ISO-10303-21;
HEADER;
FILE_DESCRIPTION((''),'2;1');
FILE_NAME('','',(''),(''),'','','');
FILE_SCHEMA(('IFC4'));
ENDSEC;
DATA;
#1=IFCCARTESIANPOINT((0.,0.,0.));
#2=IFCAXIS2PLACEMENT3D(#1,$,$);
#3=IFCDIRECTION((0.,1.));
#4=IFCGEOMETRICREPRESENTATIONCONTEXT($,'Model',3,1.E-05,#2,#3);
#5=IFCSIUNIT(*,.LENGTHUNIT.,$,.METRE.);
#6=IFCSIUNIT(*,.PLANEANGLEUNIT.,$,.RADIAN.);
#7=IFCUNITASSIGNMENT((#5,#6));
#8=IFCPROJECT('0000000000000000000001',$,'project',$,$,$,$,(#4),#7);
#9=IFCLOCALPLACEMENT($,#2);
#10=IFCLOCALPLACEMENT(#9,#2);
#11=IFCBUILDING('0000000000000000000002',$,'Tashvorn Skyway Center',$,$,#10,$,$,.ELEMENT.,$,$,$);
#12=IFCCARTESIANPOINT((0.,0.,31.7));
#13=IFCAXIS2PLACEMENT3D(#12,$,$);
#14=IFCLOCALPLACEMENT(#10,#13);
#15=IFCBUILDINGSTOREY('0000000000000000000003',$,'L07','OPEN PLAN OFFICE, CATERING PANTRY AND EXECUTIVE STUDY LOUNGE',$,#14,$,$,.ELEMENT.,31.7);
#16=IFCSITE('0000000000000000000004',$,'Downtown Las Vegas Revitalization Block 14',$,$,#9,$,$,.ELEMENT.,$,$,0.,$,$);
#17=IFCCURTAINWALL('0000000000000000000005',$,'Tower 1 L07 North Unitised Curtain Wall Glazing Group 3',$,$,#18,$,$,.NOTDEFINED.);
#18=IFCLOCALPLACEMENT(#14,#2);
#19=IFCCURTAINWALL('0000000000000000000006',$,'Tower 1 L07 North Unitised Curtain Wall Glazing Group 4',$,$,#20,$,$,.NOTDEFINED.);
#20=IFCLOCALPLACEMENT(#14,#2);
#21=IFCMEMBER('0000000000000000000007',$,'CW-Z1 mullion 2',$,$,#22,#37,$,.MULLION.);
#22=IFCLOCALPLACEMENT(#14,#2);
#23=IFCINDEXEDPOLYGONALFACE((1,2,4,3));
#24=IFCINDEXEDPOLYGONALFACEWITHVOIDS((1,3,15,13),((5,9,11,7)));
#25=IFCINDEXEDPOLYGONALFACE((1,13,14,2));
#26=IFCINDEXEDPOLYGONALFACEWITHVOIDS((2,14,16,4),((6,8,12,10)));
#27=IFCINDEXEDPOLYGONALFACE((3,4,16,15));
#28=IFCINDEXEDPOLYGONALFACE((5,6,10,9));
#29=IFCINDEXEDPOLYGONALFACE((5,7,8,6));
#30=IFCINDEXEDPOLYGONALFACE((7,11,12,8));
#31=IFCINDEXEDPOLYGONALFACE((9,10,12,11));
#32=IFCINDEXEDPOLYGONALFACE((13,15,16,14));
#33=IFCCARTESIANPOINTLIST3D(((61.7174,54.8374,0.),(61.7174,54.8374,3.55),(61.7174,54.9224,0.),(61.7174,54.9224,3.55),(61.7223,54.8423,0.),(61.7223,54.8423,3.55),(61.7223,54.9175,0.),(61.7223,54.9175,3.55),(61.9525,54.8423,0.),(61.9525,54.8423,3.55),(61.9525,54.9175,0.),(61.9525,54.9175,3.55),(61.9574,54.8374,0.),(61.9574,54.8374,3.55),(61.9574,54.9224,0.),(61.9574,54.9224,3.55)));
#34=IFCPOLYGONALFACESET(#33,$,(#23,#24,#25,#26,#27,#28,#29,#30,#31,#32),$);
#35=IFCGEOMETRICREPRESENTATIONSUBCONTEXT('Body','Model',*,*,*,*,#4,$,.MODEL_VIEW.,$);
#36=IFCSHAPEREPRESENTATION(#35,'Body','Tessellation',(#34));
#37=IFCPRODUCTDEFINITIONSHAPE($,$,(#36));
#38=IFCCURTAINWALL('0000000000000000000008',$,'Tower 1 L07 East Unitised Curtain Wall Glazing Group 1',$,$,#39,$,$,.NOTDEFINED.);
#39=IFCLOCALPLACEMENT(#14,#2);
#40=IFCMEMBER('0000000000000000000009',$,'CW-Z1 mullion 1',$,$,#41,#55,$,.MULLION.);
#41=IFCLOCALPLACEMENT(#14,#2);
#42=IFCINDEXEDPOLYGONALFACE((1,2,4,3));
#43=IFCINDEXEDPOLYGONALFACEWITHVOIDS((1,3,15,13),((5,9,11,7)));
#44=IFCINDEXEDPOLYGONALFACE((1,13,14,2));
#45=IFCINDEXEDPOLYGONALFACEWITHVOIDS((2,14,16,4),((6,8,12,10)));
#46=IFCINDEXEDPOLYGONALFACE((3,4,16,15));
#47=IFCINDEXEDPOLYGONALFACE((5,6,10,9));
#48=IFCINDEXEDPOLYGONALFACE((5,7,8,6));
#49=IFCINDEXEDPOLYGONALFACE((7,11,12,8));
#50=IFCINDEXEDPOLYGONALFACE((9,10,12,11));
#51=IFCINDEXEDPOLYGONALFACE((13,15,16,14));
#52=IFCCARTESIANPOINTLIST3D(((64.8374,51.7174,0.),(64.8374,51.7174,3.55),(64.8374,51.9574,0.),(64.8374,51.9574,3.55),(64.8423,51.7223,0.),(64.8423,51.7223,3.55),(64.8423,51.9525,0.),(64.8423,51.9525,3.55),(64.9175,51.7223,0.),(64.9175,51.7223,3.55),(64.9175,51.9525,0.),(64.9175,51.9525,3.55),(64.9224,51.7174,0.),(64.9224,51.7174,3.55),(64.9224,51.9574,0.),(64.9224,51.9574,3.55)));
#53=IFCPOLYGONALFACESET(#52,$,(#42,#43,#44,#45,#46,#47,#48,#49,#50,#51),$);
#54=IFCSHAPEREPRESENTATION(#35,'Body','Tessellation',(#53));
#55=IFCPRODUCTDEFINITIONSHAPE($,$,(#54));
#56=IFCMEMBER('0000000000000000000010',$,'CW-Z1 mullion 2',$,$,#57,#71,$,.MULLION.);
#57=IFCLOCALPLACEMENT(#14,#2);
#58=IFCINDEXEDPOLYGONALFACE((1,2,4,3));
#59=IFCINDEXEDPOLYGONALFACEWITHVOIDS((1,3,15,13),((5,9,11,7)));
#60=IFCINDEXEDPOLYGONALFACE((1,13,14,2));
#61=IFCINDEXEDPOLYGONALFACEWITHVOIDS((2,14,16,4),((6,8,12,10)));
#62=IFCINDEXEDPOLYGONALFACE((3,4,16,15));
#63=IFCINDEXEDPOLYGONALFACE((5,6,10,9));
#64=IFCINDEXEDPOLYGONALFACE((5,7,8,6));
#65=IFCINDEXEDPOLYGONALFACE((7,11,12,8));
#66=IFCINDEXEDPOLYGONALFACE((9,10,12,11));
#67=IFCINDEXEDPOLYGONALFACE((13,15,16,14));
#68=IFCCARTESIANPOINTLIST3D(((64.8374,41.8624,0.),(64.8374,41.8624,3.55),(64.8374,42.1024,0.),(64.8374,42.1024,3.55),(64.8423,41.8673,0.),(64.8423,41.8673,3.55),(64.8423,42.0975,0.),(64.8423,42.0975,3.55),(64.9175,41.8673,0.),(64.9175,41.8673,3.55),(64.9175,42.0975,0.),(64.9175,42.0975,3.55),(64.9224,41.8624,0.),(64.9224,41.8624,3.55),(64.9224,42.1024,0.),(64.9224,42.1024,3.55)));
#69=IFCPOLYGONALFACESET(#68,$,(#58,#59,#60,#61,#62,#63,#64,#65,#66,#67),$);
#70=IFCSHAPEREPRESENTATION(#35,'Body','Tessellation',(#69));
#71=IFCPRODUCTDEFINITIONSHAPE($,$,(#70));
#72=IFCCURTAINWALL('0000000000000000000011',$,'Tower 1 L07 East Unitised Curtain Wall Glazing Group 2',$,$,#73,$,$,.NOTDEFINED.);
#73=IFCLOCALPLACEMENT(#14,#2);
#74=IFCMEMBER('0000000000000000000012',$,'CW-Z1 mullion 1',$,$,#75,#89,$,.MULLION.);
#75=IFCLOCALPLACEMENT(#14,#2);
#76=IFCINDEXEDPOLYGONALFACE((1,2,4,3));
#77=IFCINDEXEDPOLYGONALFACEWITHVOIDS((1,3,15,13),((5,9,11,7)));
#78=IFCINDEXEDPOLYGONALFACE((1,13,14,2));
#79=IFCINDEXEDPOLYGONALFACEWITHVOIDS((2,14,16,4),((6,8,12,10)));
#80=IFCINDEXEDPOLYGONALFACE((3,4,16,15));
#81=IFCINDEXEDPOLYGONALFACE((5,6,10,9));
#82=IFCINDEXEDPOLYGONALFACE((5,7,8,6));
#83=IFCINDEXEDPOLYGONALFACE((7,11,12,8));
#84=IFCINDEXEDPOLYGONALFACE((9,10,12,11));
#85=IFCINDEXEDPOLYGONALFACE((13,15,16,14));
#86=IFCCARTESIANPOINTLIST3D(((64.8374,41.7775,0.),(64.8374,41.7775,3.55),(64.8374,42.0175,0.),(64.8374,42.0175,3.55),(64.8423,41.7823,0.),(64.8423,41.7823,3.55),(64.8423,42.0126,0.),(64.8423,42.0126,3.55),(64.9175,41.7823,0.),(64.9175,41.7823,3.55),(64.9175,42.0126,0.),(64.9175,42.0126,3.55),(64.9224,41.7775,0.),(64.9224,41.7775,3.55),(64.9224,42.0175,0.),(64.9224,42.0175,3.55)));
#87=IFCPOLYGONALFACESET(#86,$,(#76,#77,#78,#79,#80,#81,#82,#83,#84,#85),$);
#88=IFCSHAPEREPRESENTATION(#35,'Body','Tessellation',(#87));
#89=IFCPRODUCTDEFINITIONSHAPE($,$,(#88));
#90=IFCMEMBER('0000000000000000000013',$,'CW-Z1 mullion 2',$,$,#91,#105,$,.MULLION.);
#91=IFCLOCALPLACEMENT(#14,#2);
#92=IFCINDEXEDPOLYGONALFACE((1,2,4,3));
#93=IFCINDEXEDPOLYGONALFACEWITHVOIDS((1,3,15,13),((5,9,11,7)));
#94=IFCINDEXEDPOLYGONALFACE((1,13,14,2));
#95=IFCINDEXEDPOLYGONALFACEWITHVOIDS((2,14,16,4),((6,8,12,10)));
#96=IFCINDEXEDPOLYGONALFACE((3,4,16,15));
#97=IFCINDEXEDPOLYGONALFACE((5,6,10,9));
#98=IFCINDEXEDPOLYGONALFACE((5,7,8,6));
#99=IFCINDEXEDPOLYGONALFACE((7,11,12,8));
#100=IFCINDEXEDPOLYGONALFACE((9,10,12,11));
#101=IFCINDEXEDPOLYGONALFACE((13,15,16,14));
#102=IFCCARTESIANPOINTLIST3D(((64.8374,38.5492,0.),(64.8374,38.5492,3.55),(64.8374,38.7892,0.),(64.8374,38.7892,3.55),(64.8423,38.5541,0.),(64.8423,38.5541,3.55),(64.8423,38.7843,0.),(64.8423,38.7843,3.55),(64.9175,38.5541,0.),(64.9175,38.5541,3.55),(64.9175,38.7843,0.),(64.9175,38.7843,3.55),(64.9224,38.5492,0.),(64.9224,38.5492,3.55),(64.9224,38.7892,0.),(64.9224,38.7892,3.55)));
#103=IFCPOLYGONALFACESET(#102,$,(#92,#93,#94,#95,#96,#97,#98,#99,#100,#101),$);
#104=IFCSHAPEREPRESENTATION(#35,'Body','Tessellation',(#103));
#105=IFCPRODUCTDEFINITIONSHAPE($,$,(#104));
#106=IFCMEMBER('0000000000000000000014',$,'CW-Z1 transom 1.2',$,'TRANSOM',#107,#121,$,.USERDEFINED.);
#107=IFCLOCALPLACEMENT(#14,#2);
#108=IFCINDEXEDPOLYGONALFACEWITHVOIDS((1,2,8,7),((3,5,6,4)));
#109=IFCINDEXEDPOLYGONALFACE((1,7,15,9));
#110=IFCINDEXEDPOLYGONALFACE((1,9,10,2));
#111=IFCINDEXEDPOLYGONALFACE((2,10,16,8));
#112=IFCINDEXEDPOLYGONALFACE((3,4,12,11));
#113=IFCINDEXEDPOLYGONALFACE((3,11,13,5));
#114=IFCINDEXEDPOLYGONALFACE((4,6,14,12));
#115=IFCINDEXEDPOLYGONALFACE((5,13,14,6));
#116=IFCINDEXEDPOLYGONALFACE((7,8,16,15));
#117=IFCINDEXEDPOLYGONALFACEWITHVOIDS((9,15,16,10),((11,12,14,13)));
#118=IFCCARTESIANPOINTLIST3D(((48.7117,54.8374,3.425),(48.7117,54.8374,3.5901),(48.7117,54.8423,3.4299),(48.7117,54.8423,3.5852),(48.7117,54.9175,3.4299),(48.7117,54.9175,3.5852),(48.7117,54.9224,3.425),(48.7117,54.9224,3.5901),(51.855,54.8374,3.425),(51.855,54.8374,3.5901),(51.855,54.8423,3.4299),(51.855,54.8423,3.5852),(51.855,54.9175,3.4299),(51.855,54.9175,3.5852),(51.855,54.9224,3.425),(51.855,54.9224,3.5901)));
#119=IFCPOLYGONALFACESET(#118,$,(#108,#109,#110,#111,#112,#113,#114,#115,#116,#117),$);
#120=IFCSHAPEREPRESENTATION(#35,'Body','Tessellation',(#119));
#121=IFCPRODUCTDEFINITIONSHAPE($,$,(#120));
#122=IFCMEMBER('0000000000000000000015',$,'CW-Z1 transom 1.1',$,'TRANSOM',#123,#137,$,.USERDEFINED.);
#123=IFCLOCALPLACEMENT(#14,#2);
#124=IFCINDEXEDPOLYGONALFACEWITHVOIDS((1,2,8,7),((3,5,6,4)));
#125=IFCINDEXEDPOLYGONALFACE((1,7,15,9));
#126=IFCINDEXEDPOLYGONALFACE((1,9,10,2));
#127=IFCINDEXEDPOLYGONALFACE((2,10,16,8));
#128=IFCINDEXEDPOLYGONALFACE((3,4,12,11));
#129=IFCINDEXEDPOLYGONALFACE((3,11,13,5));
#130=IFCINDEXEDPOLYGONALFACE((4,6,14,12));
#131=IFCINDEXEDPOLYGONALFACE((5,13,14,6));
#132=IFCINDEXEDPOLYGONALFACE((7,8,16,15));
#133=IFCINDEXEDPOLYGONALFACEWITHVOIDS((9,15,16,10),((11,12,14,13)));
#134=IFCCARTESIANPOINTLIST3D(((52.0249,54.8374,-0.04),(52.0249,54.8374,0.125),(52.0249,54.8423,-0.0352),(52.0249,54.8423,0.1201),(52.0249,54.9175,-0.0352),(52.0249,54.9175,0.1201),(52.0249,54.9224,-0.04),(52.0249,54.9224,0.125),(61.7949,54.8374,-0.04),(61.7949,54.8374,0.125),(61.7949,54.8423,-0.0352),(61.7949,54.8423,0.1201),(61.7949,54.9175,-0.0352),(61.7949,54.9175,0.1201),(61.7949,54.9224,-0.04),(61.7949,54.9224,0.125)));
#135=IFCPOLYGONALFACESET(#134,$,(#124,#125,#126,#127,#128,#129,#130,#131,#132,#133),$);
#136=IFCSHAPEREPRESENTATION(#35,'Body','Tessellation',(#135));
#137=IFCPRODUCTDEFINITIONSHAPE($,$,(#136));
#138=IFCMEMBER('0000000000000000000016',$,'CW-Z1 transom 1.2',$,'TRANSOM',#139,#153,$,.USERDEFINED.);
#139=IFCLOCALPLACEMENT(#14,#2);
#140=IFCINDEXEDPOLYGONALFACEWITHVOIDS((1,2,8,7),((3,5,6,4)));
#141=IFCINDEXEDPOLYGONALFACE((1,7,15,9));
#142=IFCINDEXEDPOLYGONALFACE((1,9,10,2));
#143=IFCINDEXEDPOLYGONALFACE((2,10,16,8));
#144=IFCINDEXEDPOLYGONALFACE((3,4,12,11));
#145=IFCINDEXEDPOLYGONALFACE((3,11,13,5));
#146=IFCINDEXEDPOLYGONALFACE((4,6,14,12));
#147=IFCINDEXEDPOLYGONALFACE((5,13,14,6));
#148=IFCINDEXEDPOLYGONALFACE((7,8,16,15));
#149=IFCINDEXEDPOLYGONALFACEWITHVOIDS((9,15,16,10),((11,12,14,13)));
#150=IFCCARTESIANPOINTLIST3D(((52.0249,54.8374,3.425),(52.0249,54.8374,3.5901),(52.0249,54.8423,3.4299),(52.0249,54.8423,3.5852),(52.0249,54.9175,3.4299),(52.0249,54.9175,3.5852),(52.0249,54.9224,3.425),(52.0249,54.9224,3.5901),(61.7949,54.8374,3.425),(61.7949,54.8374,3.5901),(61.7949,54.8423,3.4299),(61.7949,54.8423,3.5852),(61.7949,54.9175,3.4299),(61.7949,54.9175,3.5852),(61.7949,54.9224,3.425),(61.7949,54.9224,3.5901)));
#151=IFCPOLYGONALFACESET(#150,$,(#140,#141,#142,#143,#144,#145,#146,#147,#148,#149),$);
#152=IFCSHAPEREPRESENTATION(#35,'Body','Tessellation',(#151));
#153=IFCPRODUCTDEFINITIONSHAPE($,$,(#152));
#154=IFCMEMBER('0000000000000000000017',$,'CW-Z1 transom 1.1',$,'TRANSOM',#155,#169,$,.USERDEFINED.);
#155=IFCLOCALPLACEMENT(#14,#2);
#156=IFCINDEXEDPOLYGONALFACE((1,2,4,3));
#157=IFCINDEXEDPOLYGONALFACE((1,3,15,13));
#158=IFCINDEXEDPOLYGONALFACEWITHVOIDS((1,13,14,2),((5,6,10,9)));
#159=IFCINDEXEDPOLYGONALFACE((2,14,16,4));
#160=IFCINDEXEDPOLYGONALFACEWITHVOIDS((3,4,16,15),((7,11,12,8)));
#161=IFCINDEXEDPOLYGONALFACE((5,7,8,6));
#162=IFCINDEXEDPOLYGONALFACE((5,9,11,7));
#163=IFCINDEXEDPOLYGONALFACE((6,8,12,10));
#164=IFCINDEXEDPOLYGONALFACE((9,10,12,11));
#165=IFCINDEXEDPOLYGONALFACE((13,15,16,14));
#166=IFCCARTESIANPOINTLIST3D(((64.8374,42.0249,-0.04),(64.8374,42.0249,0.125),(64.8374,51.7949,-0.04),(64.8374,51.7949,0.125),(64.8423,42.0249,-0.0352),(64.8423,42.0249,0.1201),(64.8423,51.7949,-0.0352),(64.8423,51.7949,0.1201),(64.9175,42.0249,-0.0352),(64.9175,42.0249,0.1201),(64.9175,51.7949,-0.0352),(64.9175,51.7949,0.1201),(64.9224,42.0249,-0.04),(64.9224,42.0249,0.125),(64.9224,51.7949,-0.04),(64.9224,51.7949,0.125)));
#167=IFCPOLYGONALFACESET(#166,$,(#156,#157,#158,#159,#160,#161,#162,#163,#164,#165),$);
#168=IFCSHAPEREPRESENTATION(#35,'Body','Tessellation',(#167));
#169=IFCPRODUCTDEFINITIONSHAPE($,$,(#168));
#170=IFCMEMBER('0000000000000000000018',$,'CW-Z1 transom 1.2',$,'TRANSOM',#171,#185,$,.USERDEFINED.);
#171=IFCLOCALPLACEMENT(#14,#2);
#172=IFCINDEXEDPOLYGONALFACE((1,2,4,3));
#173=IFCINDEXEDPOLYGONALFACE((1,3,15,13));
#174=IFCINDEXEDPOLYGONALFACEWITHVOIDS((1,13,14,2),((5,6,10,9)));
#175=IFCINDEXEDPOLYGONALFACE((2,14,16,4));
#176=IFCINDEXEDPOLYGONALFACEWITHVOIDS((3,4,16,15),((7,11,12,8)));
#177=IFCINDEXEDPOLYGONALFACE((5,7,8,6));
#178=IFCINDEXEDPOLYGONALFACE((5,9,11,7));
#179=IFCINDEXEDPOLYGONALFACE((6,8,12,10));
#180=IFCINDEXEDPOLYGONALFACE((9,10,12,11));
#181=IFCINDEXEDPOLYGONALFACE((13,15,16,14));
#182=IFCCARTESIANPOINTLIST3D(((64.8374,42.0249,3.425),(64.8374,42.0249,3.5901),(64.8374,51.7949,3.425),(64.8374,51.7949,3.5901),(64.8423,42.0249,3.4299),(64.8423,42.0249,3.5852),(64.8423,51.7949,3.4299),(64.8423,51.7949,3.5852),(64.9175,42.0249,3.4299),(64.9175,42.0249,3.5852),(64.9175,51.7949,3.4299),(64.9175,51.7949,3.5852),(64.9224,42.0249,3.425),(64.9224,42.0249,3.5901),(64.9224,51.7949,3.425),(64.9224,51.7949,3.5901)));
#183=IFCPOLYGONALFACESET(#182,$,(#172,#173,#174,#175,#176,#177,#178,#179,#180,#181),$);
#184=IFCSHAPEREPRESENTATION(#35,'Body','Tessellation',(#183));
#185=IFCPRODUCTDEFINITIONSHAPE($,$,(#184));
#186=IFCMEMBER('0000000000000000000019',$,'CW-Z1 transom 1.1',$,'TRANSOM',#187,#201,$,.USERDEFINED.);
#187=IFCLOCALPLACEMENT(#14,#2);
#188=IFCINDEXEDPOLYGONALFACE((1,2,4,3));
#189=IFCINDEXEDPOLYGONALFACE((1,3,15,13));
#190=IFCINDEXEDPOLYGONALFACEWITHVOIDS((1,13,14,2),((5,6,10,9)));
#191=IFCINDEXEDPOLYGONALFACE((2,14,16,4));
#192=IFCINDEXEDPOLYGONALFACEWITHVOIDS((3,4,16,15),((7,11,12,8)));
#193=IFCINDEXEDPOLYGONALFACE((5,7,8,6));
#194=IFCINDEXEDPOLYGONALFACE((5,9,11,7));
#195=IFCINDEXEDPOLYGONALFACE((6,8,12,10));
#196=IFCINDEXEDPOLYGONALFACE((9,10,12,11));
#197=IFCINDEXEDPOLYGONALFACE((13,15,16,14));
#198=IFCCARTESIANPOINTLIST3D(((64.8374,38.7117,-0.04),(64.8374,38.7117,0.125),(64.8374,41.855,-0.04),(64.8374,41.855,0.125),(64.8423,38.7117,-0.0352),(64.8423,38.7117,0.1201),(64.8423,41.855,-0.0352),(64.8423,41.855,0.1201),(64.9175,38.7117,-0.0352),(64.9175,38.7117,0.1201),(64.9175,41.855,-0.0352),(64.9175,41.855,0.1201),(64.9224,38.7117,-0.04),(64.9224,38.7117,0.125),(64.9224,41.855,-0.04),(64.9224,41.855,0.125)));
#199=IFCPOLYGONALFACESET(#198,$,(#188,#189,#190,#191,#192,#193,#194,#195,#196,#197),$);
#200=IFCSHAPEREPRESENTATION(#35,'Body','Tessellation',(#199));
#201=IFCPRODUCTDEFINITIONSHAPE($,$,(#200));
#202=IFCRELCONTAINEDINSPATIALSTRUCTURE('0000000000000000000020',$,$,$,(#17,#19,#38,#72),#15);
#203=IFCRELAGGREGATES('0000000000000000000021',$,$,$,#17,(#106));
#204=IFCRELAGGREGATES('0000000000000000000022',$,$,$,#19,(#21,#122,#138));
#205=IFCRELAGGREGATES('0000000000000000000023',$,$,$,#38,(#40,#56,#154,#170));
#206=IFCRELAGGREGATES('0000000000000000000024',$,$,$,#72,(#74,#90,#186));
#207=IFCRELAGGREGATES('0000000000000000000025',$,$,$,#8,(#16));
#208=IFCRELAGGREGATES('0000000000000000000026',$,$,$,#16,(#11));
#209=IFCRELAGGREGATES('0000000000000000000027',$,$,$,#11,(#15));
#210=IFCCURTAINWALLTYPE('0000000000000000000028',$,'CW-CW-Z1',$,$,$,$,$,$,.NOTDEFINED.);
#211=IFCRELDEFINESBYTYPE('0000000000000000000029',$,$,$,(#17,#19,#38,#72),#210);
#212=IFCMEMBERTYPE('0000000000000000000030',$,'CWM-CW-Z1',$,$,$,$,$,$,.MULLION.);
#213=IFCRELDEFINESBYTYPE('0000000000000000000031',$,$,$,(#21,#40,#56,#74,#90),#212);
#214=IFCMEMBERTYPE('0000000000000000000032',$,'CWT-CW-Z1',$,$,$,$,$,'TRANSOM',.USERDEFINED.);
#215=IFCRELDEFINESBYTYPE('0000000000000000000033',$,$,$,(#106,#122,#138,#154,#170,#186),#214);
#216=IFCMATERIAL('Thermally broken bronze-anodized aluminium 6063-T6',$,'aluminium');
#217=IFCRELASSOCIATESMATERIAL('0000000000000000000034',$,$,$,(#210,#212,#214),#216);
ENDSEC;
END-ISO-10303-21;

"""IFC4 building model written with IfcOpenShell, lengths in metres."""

from ifc_helpers import new_model, si_unit, direction, frame, origin, origin_2d, place, context, subcontext, project, spatial, hollow_rectangle, extrude, material, material_profile, profile_set, type_object, element, aggregate, save


model = new_model("IFC4")

# Units and contexts
model_context = context("Model", 3, precision=1e-05, world=origin(), true_north=direction((0.0, 1.0)))
body_context = subcontext(model_context, "Body", "Model", "MODEL_VIEW")
ifc_project = project(units=[si_unit("LENGTHUNIT", "METRE"), si_unit("PLANEANGLEUNIT", "RADIAN")], contexts=[model_context])

# Site, building, storey
site_placement = place(None, origin())
site = spatial("IfcSite", under=ifc_project, at=site_placement, Name="Downtown Las Vegas Revitalization Block 14", CompositionType="ELEMENT", RefElevation=0.0)
building_placement = place(site_placement, origin())
building = spatial("IfcBuilding", under=site, at=building_placement, Name="Tashvorn Skyway Center", CompositionType="ELEMENT")
storey_placement = place(building_placement, frame((0.0, 0.0, 31.7)))
storey = spatial("IfcBuildingStorey", under=building, at=storey_placement, Name="L07", Description="OPEN PLAN OFFICE, CATERING PANTRY AND EXECUTIVE STUDY LOUNGE", CompositionType="ELEMENT", Elevation=31.7)

# Curtain wall
ifc_material_1 = material(Name="Thermally broken bronze-anodized aluminium 6063-T6", Category="aluminium")
curtain_wall_type = type_object("IfcCurtainWallType", Name="CW-CW-Z1", PredefinedType="NOTDEFINED", material=ifc_material_1)
curtain_wall_1_placement = place(storey_placement, origin())
curtain_wall_1 = element("IfcCurtainWall", 1, at=curtain_wall_1_placement, inside=storey, type_object=curtain_wall_type, Name="Tower 1 L07 North Unitised Curtain Wall Glazing Group 3", PredefinedType="NOTDEFINED")
ifc_material_profile_1 = material_profile(ifc_material_1, hollow_rectangle(XDim=0.085, YDim=0.24, WallThickness=0.0049, at=origin_2d()), Name="ALU-MULL-85x240")
ifc_profile_set_1 = profile_set([ifc_material_profile_1], Name="Thermally broken bronze-anodized aluminium 6063-T6")
member_type_1 = type_object("IfcMemberType", Name="CWM-CW-Z1", PredefinedType="MULLION", material=ifc_profile_set_1)

# Curtain walls, members
curtain_wall_2_placement = place(storey_placement, origin())
curtain_wall_2 = element("IfcCurtainWall", 2, at=curtain_wall_2_placement, inside=storey, type_object=curtain_wall_type, Name="Tower 1 L07 North Unitised Curtain Wall Glazing Group 4", PredefinedType="NOTDEFINED")
member_1_placement = place(storey_placement, frame((61.8374, 54.8799, 0.0), z_axis=(0.0, 0.0, 1.0), x_axis=(0.0, 1.0, 0.0)))
member_1 = element("IfcMember", 3, at=member_1_placement, type_object=member_type_1, Name="CW-Z1 mullion 2", PredefinedType="MULLION", context=body_context, shape_type="SweptSolid", body=[
    extrude(hollow_rectangle(XDim=0.085, YDim=0.24, WallThickness=0.0049, at=origin_2d()), origin(), (0.0, 0.0, 1.0), 3.55),
])
curtain_wall_3_placement = place(storey_placement, origin())
curtain_wall_3 = element("IfcCurtainWall", 4, at=curtain_wall_3_placement, inside=storey, type_object=curtain_wall_type, Name="Tower 1 L07 East Unitised Curtain Wall Glazing Group 1", PredefinedType="NOTDEFINED")
member_2_placement = place(storey_placement, frame((64.8799, 51.8374, 0.0), z_axis=(0.0, 0.0, 1.0), x_axis=(1.0, 0.0, 0.0)))
member_2 = element("IfcMember", 5, at=member_2_placement, type_object=member_type_1, Name="CW-Z1 mullion 1", PredefinedType="MULLION", context=body_context, shape_type="SweptSolid", body=[
    extrude(hollow_rectangle(XDim=0.085, YDim=0.24, WallThickness=0.0049, at=origin_2d()), origin(), (0.0, 0.0, 1.0), 3.55),
])
member_3_placement = place(storey_placement, frame((64.8799, 41.9824, 0.0), z_axis=(0.0, 0.0, 1.0), x_axis=(1.0, 0.0, 0.0)))
member_3 = element("IfcMember", 6, at=member_3_placement, type_object=member_type_1, Name="CW-Z1 mullion 2", PredefinedType="MULLION", context=body_context, shape_type="SweptSolid", body=[
    extrude(hollow_rectangle(XDim=0.085, YDim=0.24, WallThickness=0.0049, at=origin_2d()), origin(), (0.0, 0.0, 1.0), 3.55),
])
curtain_wall_4_placement = place(storey_placement, origin())
curtain_wall_4 = element("IfcCurtainWall", 7, at=curtain_wall_4_placement, inside=storey, type_object=curtain_wall_type, Name="Tower 1 L07 East Unitised Curtain Wall Glazing Group 2", PredefinedType="NOTDEFINED")
member_4_placement = place(storey_placement, frame((64.8799, 41.8975, 0.0), z_axis=(0.0, 0.0, 1.0), x_axis=(1.0, 0.0, 0.0)))
member_4 = element("IfcMember", 8, at=member_4_placement, type_object=member_type_1, Name="CW-Z1 mullion 1", PredefinedType="MULLION", context=body_context, shape_type="SweptSolid", body=[
    extrude(hollow_rectangle(XDim=0.085, YDim=0.24, WallThickness=0.0049, at=origin_2d()), origin(), (0.0, 0.0, 1.0), 3.55),
])
member_5_placement = place(storey_placement, frame((64.8799, 38.6692, 0.0), z_axis=(0.0, 0.0, 1.0), x_axis=(1.0, 0.0, 0.0)))
member_5 = element("IfcMember", 9, at=member_5_placement, type_object=member_type_1, Name="CW-Z1 mullion 2", PredefinedType="MULLION", context=body_context, shape_type="SweptSolid", body=[
    extrude(hollow_rectangle(XDim=0.085, YDim=0.24, WallThickness=0.0049, at=origin_2d()), origin(), (0.0, 0.0, 1.0), 3.55),
])

# Members
ifc_material_profile_2 = material_profile(ifc_material_1, hollow_rectangle(XDim=0.085, YDim=0.165, WallThickness=0.0049, at=origin_2d()), Name="ALU-TRAN-85x165")
ifc_profile_set_2 = profile_set([ifc_material_profile_2], Name="Thermally broken bronze-anodized aluminium 6063-T6")
member_type_2 = type_object("IfcMemberType", Name="CWT-CW-Z1", ElementType="TRANSOM", PredefinedType="USERDEFINED", material=ifc_profile_set_2)
member_6_placement = place(storey_placement, frame((48.7117, 54.8799, 3.5076), z_axis=(1.0, 0.0, 0.0), x_axis=(0.0, 1.0, 0.0)))
member_6 = element("IfcMember", 10, at=member_6_placement, type_object=member_type_2, Name="CW-Z1 transom 1.2", ObjectType="TRANSOM", PredefinedType="USERDEFINED", context=body_context, shape_type="SweptSolid", body=[
    extrude(hollow_rectangle(XDim=0.085, YDim=0.165, WallThickness=0.0049, at=origin_2d()), origin(), (0.0, 0.0, 1.0), 3.1433),
])
member_7_placement = place(storey_placement, frame((52.0249, 54.8799, 0.0425), z_axis=(1.0, 0.0, 0.0), x_axis=(0.0, 1.0, 0.0)))
member_7 = element("IfcMember", 11, at=member_7_placement, type_object=member_type_2, Name="CW-Z1 transom 1.1", ObjectType="TRANSOM", PredefinedType="USERDEFINED", context=body_context, shape_type="SweptSolid", body=[
    extrude(hollow_rectangle(XDim=0.085, YDim=0.165, WallThickness=0.0049, at=origin_2d()), origin(), (0.0, 0.0, 1.0), 9.77),
])
member_8_placement = place(storey_placement, frame((52.0249, 54.8799, 3.5076), z_axis=(1.0, 0.0, 0.0), x_axis=(0.0, 1.0, 0.0)))
member_8 = element("IfcMember", 12, at=member_8_placement, type_object=member_type_2, Name="CW-Z1 transom 1.2", ObjectType="TRANSOM", PredefinedType="USERDEFINED", context=body_context, shape_type="SweptSolid", body=[
    extrude(hollow_rectangle(XDim=0.085, YDim=0.165, WallThickness=0.0049, at=origin_2d()), origin(), (0.0, 0.0, 1.0), 9.77),
])
member_9_placement = place(storey_placement, frame((64.8799, 51.7949, 0.0425), z_axis=(0.0, -1.0, 0.0), x_axis=(1.0, 0.0, 0.0)))
member_9 = element("IfcMember", 13, at=member_9_placement, type_object=member_type_2, Name="CW-Z1 transom 1.1", ObjectType="TRANSOM", PredefinedType="USERDEFINED", context=body_context, shape_type="SweptSolid", body=[
    extrude(hollow_rectangle(XDim=0.085, YDim=0.165, WallThickness=0.0049, at=origin_2d()), origin(), (0.0, 0.0, 1.0), 9.77),
])
member_10_placement = place(storey_placement, frame((64.8799, 51.7949, 3.5076), z_axis=(0.0, -1.0, 0.0), x_axis=(1.0, 0.0, 0.0)))
member_10 = element("IfcMember", 14, at=member_10_placement, type_object=member_type_2, Name="CW-Z1 transom 1.2", ObjectType="TRANSOM", PredefinedType="USERDEFINED", context=body_context, shape_type="SweptSolid", body=[
    extrude(hollow_rectangle(XDim=0.085, YDim=0.165, WallThickness=0.0049, at=origin_2d()), origin(), (0.0, 0.0, 1.0), 9.77),
])
member_11_placement = place(storey_placement, frame((64.8799, 41.855, 0.0425), z_axis=(0.0, -1.0, 0.0), x_axis=(1.0, 0.0, 0.0)))
member_11 = element("IfcMember", 15, at=member_11_placement, type_object=member_type_2, Name="CW-Z1 transom 1.1", ObjectType="TRANSOM", PredefinedType="USERDEFINED", context=body_context, shape_type="SweptSolid", body=[
    extrude(hollow_rectangle(XDim=0.085, YDim=0.165, WallThickness=0.0049, at=origin_2d()), origin(), (0.0, 0.0, 1.0), 3.1433),
])

aggregate(curtain_wall_1, [member_6])
aggregate(curtain_wall_2, [member_1, member_7, member_8])
aggregate(curtain_wall_3, [member_2, member_3, member_9, member_10])
aggregate(curtain_wall_4, [member_4, member_5, member_11])

save(model, "model.ifc")
